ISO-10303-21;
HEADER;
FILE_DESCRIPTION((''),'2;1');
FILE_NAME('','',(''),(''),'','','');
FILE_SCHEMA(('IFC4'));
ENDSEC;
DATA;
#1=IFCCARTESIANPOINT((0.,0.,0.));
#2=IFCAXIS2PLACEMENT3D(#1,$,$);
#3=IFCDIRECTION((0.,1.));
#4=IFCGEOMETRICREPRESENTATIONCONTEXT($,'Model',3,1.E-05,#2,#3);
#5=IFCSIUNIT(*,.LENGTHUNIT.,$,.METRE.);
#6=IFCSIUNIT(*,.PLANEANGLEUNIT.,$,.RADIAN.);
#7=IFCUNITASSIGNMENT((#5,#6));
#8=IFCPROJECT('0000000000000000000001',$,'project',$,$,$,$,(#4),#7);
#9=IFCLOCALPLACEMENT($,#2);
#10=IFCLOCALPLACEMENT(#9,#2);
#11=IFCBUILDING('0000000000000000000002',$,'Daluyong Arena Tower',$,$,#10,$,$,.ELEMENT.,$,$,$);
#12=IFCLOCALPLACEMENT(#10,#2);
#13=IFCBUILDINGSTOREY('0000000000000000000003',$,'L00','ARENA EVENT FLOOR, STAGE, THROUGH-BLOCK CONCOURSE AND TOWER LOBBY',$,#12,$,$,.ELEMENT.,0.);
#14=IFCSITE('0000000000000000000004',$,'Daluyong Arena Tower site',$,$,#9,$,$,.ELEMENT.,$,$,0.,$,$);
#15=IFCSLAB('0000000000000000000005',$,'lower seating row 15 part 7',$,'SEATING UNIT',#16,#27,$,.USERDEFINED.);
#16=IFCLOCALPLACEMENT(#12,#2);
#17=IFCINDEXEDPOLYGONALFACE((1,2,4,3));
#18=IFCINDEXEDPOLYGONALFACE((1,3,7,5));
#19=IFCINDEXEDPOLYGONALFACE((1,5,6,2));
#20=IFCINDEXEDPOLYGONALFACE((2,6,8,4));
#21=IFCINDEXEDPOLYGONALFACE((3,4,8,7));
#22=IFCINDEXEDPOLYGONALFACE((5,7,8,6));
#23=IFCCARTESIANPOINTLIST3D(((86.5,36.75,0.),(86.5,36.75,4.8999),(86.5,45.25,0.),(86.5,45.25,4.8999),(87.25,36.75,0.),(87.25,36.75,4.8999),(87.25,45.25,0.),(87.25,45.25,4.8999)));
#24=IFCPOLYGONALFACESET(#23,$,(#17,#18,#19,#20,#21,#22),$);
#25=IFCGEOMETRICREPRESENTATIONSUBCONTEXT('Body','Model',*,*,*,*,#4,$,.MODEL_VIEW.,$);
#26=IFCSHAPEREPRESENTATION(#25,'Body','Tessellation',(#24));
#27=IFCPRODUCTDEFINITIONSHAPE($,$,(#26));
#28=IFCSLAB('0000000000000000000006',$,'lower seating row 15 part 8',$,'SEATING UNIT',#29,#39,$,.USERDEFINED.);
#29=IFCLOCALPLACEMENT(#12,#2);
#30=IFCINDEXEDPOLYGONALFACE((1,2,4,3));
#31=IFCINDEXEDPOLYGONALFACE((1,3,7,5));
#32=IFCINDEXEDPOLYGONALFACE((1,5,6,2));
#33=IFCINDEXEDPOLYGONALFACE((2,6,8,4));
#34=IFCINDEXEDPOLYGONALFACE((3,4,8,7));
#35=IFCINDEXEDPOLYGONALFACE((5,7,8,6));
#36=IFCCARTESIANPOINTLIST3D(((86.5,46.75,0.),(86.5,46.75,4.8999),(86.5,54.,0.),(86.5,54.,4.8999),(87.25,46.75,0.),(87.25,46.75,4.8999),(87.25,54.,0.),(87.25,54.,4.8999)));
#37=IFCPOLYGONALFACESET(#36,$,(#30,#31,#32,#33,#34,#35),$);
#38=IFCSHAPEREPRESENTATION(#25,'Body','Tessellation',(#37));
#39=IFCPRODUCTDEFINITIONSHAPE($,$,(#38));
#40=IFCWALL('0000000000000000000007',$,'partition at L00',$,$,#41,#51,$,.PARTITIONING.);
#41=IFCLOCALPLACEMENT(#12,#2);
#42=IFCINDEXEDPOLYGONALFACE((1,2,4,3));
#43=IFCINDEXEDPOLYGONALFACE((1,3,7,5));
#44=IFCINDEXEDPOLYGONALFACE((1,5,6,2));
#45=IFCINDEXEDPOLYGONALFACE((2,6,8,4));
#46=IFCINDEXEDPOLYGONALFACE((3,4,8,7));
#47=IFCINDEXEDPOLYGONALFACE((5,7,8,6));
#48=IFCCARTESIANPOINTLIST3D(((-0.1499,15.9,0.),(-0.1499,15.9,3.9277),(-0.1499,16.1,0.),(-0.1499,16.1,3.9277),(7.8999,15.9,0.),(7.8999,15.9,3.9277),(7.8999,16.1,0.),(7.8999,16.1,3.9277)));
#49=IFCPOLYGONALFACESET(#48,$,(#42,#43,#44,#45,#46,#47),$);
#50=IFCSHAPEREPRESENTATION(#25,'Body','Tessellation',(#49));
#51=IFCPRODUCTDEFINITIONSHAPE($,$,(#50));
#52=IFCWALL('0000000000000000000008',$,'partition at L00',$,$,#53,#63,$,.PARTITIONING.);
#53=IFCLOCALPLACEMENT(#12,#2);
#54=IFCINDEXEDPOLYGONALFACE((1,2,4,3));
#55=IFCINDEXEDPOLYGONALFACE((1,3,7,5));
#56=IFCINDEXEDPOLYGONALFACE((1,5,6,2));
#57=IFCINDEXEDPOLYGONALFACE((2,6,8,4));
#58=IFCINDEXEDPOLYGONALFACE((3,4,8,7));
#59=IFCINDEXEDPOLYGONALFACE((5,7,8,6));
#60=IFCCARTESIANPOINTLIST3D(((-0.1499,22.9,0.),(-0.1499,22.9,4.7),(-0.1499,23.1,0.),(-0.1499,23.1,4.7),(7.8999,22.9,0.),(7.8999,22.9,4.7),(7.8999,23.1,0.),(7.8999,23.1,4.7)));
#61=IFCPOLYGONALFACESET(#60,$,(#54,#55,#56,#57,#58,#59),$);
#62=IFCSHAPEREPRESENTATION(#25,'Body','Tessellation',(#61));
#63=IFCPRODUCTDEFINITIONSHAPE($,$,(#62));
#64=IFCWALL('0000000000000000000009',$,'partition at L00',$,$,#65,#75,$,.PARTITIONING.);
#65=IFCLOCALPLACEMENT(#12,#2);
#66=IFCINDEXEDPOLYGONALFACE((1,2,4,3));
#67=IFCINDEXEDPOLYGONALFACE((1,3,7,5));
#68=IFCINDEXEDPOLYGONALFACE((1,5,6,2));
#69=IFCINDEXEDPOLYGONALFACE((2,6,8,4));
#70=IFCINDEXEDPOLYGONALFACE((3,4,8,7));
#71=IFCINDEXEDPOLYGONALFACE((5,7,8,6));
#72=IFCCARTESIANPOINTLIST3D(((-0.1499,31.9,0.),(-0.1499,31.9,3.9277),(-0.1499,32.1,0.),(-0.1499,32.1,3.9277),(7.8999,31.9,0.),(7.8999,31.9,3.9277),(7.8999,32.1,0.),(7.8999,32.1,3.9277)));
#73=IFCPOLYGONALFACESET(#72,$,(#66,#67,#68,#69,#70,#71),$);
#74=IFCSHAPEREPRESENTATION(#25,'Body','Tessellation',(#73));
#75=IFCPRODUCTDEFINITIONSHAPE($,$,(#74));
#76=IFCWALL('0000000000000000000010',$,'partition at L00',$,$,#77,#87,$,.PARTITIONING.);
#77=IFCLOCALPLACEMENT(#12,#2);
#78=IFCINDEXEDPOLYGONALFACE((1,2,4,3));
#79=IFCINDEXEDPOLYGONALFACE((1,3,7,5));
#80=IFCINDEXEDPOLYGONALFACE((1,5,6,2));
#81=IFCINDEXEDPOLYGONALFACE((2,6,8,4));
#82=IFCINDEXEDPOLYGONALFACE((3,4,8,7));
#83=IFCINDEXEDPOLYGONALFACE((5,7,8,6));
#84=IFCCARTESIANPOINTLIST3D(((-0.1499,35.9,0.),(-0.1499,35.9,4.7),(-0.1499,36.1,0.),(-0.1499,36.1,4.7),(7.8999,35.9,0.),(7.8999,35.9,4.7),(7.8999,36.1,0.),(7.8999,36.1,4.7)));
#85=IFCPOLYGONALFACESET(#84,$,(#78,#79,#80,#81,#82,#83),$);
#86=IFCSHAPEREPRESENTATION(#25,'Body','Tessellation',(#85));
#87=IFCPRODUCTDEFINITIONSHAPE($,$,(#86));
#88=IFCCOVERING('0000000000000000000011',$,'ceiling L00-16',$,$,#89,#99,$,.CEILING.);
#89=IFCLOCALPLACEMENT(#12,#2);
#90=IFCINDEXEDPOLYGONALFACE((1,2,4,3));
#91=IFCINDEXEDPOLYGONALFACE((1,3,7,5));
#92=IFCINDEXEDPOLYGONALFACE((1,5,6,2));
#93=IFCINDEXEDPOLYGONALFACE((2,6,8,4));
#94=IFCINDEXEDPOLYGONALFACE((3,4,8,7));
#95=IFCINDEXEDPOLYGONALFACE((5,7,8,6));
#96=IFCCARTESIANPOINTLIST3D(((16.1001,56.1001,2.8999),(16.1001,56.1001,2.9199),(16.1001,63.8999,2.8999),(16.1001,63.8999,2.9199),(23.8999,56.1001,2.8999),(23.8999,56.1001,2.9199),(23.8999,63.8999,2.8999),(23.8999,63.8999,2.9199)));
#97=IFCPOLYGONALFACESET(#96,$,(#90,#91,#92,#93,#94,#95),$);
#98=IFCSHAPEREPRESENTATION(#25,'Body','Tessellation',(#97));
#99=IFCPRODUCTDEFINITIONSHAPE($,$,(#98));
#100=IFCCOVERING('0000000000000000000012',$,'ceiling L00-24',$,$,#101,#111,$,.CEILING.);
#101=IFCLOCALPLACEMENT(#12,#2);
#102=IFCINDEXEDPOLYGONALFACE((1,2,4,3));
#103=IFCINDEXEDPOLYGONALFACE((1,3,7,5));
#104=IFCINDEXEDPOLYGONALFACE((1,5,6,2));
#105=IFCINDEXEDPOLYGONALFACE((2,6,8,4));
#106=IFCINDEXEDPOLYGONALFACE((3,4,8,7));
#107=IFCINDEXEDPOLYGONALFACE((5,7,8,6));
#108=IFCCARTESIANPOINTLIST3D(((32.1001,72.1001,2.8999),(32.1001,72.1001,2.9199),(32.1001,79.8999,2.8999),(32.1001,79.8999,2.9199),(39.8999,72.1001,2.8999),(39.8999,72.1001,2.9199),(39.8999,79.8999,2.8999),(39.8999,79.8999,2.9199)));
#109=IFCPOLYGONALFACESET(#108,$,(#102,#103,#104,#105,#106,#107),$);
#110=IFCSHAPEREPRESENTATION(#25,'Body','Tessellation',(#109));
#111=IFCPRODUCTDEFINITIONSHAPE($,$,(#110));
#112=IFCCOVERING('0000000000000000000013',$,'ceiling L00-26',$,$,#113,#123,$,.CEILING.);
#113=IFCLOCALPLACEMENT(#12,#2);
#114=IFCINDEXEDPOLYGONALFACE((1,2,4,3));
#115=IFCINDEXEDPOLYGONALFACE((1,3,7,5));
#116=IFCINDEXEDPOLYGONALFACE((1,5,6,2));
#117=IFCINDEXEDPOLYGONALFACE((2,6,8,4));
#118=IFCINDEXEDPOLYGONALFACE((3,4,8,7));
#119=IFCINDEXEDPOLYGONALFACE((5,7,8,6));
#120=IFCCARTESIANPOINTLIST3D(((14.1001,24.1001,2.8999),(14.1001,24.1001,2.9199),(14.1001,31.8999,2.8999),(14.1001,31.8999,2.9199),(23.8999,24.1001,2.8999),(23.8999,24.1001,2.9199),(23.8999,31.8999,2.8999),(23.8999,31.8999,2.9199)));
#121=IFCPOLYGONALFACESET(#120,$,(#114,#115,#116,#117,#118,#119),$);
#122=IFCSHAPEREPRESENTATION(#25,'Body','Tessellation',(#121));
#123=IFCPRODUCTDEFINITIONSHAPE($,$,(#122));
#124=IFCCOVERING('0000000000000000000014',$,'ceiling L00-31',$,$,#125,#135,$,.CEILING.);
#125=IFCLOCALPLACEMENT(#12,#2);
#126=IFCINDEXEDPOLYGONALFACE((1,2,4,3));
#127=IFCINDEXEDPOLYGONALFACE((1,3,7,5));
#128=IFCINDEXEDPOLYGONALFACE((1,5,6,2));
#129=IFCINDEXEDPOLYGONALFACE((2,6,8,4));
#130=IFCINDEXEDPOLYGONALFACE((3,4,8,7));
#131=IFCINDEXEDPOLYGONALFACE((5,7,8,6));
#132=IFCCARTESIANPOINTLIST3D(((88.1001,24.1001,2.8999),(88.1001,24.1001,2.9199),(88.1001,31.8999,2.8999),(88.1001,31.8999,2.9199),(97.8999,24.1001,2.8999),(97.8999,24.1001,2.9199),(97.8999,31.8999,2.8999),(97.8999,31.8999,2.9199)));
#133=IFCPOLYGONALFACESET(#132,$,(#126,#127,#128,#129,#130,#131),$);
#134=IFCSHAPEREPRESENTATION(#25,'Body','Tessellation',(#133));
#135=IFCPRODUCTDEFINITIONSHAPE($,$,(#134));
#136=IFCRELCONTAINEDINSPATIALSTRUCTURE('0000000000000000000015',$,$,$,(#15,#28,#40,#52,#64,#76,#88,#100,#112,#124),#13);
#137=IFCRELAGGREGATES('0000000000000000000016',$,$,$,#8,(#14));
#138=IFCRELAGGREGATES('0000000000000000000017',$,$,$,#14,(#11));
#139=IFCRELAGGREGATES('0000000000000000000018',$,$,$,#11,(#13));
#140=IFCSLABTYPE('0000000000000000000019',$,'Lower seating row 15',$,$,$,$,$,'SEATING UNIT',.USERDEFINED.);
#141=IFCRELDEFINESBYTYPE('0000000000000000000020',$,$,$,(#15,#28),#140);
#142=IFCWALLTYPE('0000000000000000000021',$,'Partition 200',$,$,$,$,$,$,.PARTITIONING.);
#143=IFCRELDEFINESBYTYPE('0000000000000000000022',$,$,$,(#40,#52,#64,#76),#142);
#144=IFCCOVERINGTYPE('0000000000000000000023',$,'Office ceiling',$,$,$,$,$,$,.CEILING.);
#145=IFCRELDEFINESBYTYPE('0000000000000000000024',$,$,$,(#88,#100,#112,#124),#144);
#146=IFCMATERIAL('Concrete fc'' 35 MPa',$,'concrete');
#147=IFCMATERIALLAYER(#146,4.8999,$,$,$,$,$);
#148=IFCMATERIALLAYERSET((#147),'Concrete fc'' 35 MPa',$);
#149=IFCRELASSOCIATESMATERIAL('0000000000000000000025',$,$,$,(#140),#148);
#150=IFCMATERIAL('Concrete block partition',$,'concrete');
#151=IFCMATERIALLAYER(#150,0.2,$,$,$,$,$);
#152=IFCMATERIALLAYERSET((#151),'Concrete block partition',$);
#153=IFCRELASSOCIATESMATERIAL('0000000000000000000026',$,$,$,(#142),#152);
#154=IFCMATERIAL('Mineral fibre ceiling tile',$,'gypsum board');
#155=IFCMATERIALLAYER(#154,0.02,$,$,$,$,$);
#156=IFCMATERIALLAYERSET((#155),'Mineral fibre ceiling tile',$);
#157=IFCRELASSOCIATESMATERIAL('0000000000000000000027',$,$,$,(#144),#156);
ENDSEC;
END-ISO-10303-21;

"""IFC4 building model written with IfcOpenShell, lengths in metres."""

from ifc_helpers import new_model, si_unit, direction, frame, frame_2d, origin, place, context, subcontext, project, spatial, polyline, rectangle, outline, extrude, material, layer, layer_set, type_object, element, save


model = new_model("IFC4")

# Units and contexts
model_context = context("Model", 3, precision=1e-05, world=origin(), true_north=direction((0.0, 1.0)))
body_context = subcontext(model_context, "Body", "Model", "MODEL_VIEW")
ifc_project = project(units=[si_unit("LENGTHUNIT", "METRE"), si_unit("PLANEANGLEUNIT", "RADIAN")], contexts=[model_context])

# Site, building, storey
site_placement = place(None, origin())
site = spatial("IfcSite", under=ifc_project, at=site_placement, Name="Daluyong Arena Tower site", CompositionType="ELEMENT", RefElevation=0.0)
building_placement = place(site_placement, origin())
building = spatial("IfcBuilding", under=site, at=building_placement, Name="Daluyong Arena Tower", CompositionType="ELEMENT")
storey_placement = place(building_placement, origin())
storey = spatial("IfcBuildingStorey", under=building, at=storey_placement, Name="L00", Description="ARENA EVENT FLOOR, STAGE, THROUGH-BLOCK CONCOURSE AND TOWER LOBBY", CompositionType="ELEMENT", Elevation=0.0)

# Slabs
ifc_material_1 = material(Name="Concrete fc' 35 MPa", Category="concrete")
ifc_layer_1 = layer(ifc_material_1, 4.8999)
ifc_layer_set_1 = layer_set([ifc_layer_1], Name="Concrete fc' 35 MPa")
slab_type_1 = type_object("IfcSlabType", Name="Lower seating row 15", ElementType="SEATING UNIT", PredefinedType="USERDEFINED", material=ifc_layer_set_1)
slab_1_placement = place(storey_placement, origin())
element("IfcSlab", 1, at=slab_1_placement, inside=storey, type_object=slab_type_1, Name="lower seating row 15 part 7", ObjectType="SEATING UNIT", PredefinedType="USERDEFINED", context=body_context, shape_type="SweptSolid", body=[
    extrude(outline(polyline([(87.25, 36.75), (87.25, 45.25), (86.5, 45.25), (86.5, 36.75), (87.25, 36.75)])), origin(), (0.0, 0.0, 1.0), 4.8999),
])
slab_2_placement = place(storey_placement, origin())
element("IfcSlab", 2, at=slab_2_placement, inside=storey, type_object=slab_type_1, Name="lower seating row 15 part 8", ObjectType="SEATING UNIT", PredefinedType="USERDEFINED", context=body_context, shape_type="SweptSolid", body=[
    extrude(outline(polyline([(87.25, 46.75), (87.25, 54.0), (86.5, 54.0), (86.5, 46.75), (87.25, 46.75)])), origin(), (0.0, 0.0, 1.0), 4.8999),
])

# Walls
ifc_material_2 = material(Name="Concrete block partition", Category="concrete")
ifc_layer_2 = layer(ifc_material_2, 0.2)
ifc_layer_set_2 = layer_set([ifc_layer_2], Name="Concrete block partition")
wall_type = type_object("IfcWallType", Name="Partition 200", PredefinedType="PARTITIONING", material=ifc_layer_set_2)
wall_1_placement = place(storey_placement, frame((-0.1499, 16.0, 0.0), z_axis=(0.0, 0.0, 1.0), x_axis=(1.0, 0.0, 0.0)))
element("IfcWall", 3, at=wall_1_placement, inside=storey, type_object=wall_type, Name="partition at L00", PredefinedType="PARTITIONING", context=body_context, shape_type="SweptSolid", body=[
    extrude(rectangle(XDim=8.0498, YDim=0.2, at=frame_2d((4.0249, 0.0))), origin(), (0.0, 0.0, 1.0), 3.9277),
])
wall_2_placement = place(storey_placement, frame((-0.1499, 23.0, 0.0), z_axis=(0.0, 0.0, 1.0), x_axis=(1.0, 0.0, 0.0)))
element("IfcWall", 4, at=wall_2_placement, inside=storey, type_object=wall_type, Name="partition at L00", PredefinedType="PARTITIONING", context=body_context, shape_type="SweptSolid", body=[
    extrude(rectangle(XDim=8.0498, YDim=0.2, at=frame_2d((4.0249, 0.0))), origin(), (0.0, 0.0, 1.0), 4.7),
])
wall_3_placement = place(storey_placement, frame((-0.1499, 32.0, 0.0), z_axis=(0.0, 0.0, 1.0), x_axis=(1.0, 0.0, 0.0)))
element("IfcWall", 5, at=wall_3_placement, inside=storey, type_object=wall_type, Name="partition at L00", PredefinedType="PARTITIONING", context=body_context, shape_type="SweptSolid", body=[
    extrude(rectangle(XDim=8.0498, YDim=0.2, at=frame_2d((4.0249, 0.0))), origin(), (0.0, 0.0, 1.0), 3.9277),
])
wall_4_placement = place(storey_placement, frame((-0.1499, 36.0, 0.0), z_axis=(0.0, 0.0, 1.0), x_axis=(1.0, 0.0, 0.0)))
element("IfcWall", 6, at=wall_4_placement, inside=storey, type_object=wall_type, Name="partition at L00", PredefinedType="PARTITIONING", context=body_context, shape_type="SweptSolid", body=[
    extrude(rectangle(XDim=8.0498, YDim=0.2, at=frame_2d((4.0249, 0.0))), origin(), (0.0, 0.0, 1.0), 4.7),
])

# Coverings
ifc_material_3 = material(Name="Mineral fibre ceiling tile", Category="gypsum board")
ifc_layer_3 = layer(ifc_material_3, 0.02)
ifc_layer_set_3 = layer_set([ifc_layer_3], Name="Mineral fibre ceiling tile")
covering_type = type_object("IfcCoveringType", Name="Office ceiling", PredefinedType="CEILING", material=ifc_layer_set_3)
covering_1_placement = place(storey_placement, frame((0.0, 0.0, 2.8999)))
element("IfcCovering", 7, at=covering_1_placement, inside=storey, type_object=covering_type, Name="ceiling L00-16", PredefinedType="CEILING", context=body_context, shape_type="SweptSolid", body=[
    extrude(outline(polyline([(23.8999, 56.1001), (23.8999, 63.8999), (16.1001, 63.8999), (16.1001, 56.1001), (23.8999, 56.1001)])), origin(), (0.0, 0.0, 1.0), 0.02),
])
covering_2_placement = place(storey_placement, frame((0.0, 0.0, 2.8999)))
element("IfcCovering", 8, at=covering_2_placement, inside=storey, type_object=covering_type, Name="ceiling L00-24", PredefinedType="CEILING", context=body_context, shape_type="SweptSolid", body=[
    extrude(outline(polyline([(39.8999, 72.1001), (39.8999, 79.8999), (32.1001, 79.8999), (32.1001, 72.1001), (39.8999, 72.1001)])), origin(), (0.0, 0.0, 1.0), 0.02),
])
covering_3_placement = place(storey_placement, frame((0.0, 0.0, 2.8999)))
element("IfcCovering", 9, at=covering_3_placement, inside=storey, type_object=covering_type, Name="ceiling L00-26", PredefinedType="CEILING", context=body_context, shape_type="SweptSolid", body=[
    extrude(outline(polyline([(23.8999, 24.1001), (23.8999, 31.8999), (14.1001, 31.8999), (14.1001, 24.1001), (23.8999, 24.1001)])), origin(), (0.0, 0.0, 1.0), 0.02),
])
covering_4_placement = place(storey_placement, frame((0.0, 0.0, 2.8999)))
element("IfcCovering", 10, at=covering_4_placement, inside=storey, type_object=covering_type, Name="ceiling L00-31", PredefinedType="CEILING", context=body_context, shape_type="SweptSolid", body=[
    extrude(outline(polyline([(97.8999, 24.1001), (97.8999, 31.8999), (88.1001, 31.8999), (88.1001, 24.1001), (97.8999, 24.1001)])), origin(), (0.0, 0.0, 1.0), 0.02),
])

save(model, "model.ifc")
